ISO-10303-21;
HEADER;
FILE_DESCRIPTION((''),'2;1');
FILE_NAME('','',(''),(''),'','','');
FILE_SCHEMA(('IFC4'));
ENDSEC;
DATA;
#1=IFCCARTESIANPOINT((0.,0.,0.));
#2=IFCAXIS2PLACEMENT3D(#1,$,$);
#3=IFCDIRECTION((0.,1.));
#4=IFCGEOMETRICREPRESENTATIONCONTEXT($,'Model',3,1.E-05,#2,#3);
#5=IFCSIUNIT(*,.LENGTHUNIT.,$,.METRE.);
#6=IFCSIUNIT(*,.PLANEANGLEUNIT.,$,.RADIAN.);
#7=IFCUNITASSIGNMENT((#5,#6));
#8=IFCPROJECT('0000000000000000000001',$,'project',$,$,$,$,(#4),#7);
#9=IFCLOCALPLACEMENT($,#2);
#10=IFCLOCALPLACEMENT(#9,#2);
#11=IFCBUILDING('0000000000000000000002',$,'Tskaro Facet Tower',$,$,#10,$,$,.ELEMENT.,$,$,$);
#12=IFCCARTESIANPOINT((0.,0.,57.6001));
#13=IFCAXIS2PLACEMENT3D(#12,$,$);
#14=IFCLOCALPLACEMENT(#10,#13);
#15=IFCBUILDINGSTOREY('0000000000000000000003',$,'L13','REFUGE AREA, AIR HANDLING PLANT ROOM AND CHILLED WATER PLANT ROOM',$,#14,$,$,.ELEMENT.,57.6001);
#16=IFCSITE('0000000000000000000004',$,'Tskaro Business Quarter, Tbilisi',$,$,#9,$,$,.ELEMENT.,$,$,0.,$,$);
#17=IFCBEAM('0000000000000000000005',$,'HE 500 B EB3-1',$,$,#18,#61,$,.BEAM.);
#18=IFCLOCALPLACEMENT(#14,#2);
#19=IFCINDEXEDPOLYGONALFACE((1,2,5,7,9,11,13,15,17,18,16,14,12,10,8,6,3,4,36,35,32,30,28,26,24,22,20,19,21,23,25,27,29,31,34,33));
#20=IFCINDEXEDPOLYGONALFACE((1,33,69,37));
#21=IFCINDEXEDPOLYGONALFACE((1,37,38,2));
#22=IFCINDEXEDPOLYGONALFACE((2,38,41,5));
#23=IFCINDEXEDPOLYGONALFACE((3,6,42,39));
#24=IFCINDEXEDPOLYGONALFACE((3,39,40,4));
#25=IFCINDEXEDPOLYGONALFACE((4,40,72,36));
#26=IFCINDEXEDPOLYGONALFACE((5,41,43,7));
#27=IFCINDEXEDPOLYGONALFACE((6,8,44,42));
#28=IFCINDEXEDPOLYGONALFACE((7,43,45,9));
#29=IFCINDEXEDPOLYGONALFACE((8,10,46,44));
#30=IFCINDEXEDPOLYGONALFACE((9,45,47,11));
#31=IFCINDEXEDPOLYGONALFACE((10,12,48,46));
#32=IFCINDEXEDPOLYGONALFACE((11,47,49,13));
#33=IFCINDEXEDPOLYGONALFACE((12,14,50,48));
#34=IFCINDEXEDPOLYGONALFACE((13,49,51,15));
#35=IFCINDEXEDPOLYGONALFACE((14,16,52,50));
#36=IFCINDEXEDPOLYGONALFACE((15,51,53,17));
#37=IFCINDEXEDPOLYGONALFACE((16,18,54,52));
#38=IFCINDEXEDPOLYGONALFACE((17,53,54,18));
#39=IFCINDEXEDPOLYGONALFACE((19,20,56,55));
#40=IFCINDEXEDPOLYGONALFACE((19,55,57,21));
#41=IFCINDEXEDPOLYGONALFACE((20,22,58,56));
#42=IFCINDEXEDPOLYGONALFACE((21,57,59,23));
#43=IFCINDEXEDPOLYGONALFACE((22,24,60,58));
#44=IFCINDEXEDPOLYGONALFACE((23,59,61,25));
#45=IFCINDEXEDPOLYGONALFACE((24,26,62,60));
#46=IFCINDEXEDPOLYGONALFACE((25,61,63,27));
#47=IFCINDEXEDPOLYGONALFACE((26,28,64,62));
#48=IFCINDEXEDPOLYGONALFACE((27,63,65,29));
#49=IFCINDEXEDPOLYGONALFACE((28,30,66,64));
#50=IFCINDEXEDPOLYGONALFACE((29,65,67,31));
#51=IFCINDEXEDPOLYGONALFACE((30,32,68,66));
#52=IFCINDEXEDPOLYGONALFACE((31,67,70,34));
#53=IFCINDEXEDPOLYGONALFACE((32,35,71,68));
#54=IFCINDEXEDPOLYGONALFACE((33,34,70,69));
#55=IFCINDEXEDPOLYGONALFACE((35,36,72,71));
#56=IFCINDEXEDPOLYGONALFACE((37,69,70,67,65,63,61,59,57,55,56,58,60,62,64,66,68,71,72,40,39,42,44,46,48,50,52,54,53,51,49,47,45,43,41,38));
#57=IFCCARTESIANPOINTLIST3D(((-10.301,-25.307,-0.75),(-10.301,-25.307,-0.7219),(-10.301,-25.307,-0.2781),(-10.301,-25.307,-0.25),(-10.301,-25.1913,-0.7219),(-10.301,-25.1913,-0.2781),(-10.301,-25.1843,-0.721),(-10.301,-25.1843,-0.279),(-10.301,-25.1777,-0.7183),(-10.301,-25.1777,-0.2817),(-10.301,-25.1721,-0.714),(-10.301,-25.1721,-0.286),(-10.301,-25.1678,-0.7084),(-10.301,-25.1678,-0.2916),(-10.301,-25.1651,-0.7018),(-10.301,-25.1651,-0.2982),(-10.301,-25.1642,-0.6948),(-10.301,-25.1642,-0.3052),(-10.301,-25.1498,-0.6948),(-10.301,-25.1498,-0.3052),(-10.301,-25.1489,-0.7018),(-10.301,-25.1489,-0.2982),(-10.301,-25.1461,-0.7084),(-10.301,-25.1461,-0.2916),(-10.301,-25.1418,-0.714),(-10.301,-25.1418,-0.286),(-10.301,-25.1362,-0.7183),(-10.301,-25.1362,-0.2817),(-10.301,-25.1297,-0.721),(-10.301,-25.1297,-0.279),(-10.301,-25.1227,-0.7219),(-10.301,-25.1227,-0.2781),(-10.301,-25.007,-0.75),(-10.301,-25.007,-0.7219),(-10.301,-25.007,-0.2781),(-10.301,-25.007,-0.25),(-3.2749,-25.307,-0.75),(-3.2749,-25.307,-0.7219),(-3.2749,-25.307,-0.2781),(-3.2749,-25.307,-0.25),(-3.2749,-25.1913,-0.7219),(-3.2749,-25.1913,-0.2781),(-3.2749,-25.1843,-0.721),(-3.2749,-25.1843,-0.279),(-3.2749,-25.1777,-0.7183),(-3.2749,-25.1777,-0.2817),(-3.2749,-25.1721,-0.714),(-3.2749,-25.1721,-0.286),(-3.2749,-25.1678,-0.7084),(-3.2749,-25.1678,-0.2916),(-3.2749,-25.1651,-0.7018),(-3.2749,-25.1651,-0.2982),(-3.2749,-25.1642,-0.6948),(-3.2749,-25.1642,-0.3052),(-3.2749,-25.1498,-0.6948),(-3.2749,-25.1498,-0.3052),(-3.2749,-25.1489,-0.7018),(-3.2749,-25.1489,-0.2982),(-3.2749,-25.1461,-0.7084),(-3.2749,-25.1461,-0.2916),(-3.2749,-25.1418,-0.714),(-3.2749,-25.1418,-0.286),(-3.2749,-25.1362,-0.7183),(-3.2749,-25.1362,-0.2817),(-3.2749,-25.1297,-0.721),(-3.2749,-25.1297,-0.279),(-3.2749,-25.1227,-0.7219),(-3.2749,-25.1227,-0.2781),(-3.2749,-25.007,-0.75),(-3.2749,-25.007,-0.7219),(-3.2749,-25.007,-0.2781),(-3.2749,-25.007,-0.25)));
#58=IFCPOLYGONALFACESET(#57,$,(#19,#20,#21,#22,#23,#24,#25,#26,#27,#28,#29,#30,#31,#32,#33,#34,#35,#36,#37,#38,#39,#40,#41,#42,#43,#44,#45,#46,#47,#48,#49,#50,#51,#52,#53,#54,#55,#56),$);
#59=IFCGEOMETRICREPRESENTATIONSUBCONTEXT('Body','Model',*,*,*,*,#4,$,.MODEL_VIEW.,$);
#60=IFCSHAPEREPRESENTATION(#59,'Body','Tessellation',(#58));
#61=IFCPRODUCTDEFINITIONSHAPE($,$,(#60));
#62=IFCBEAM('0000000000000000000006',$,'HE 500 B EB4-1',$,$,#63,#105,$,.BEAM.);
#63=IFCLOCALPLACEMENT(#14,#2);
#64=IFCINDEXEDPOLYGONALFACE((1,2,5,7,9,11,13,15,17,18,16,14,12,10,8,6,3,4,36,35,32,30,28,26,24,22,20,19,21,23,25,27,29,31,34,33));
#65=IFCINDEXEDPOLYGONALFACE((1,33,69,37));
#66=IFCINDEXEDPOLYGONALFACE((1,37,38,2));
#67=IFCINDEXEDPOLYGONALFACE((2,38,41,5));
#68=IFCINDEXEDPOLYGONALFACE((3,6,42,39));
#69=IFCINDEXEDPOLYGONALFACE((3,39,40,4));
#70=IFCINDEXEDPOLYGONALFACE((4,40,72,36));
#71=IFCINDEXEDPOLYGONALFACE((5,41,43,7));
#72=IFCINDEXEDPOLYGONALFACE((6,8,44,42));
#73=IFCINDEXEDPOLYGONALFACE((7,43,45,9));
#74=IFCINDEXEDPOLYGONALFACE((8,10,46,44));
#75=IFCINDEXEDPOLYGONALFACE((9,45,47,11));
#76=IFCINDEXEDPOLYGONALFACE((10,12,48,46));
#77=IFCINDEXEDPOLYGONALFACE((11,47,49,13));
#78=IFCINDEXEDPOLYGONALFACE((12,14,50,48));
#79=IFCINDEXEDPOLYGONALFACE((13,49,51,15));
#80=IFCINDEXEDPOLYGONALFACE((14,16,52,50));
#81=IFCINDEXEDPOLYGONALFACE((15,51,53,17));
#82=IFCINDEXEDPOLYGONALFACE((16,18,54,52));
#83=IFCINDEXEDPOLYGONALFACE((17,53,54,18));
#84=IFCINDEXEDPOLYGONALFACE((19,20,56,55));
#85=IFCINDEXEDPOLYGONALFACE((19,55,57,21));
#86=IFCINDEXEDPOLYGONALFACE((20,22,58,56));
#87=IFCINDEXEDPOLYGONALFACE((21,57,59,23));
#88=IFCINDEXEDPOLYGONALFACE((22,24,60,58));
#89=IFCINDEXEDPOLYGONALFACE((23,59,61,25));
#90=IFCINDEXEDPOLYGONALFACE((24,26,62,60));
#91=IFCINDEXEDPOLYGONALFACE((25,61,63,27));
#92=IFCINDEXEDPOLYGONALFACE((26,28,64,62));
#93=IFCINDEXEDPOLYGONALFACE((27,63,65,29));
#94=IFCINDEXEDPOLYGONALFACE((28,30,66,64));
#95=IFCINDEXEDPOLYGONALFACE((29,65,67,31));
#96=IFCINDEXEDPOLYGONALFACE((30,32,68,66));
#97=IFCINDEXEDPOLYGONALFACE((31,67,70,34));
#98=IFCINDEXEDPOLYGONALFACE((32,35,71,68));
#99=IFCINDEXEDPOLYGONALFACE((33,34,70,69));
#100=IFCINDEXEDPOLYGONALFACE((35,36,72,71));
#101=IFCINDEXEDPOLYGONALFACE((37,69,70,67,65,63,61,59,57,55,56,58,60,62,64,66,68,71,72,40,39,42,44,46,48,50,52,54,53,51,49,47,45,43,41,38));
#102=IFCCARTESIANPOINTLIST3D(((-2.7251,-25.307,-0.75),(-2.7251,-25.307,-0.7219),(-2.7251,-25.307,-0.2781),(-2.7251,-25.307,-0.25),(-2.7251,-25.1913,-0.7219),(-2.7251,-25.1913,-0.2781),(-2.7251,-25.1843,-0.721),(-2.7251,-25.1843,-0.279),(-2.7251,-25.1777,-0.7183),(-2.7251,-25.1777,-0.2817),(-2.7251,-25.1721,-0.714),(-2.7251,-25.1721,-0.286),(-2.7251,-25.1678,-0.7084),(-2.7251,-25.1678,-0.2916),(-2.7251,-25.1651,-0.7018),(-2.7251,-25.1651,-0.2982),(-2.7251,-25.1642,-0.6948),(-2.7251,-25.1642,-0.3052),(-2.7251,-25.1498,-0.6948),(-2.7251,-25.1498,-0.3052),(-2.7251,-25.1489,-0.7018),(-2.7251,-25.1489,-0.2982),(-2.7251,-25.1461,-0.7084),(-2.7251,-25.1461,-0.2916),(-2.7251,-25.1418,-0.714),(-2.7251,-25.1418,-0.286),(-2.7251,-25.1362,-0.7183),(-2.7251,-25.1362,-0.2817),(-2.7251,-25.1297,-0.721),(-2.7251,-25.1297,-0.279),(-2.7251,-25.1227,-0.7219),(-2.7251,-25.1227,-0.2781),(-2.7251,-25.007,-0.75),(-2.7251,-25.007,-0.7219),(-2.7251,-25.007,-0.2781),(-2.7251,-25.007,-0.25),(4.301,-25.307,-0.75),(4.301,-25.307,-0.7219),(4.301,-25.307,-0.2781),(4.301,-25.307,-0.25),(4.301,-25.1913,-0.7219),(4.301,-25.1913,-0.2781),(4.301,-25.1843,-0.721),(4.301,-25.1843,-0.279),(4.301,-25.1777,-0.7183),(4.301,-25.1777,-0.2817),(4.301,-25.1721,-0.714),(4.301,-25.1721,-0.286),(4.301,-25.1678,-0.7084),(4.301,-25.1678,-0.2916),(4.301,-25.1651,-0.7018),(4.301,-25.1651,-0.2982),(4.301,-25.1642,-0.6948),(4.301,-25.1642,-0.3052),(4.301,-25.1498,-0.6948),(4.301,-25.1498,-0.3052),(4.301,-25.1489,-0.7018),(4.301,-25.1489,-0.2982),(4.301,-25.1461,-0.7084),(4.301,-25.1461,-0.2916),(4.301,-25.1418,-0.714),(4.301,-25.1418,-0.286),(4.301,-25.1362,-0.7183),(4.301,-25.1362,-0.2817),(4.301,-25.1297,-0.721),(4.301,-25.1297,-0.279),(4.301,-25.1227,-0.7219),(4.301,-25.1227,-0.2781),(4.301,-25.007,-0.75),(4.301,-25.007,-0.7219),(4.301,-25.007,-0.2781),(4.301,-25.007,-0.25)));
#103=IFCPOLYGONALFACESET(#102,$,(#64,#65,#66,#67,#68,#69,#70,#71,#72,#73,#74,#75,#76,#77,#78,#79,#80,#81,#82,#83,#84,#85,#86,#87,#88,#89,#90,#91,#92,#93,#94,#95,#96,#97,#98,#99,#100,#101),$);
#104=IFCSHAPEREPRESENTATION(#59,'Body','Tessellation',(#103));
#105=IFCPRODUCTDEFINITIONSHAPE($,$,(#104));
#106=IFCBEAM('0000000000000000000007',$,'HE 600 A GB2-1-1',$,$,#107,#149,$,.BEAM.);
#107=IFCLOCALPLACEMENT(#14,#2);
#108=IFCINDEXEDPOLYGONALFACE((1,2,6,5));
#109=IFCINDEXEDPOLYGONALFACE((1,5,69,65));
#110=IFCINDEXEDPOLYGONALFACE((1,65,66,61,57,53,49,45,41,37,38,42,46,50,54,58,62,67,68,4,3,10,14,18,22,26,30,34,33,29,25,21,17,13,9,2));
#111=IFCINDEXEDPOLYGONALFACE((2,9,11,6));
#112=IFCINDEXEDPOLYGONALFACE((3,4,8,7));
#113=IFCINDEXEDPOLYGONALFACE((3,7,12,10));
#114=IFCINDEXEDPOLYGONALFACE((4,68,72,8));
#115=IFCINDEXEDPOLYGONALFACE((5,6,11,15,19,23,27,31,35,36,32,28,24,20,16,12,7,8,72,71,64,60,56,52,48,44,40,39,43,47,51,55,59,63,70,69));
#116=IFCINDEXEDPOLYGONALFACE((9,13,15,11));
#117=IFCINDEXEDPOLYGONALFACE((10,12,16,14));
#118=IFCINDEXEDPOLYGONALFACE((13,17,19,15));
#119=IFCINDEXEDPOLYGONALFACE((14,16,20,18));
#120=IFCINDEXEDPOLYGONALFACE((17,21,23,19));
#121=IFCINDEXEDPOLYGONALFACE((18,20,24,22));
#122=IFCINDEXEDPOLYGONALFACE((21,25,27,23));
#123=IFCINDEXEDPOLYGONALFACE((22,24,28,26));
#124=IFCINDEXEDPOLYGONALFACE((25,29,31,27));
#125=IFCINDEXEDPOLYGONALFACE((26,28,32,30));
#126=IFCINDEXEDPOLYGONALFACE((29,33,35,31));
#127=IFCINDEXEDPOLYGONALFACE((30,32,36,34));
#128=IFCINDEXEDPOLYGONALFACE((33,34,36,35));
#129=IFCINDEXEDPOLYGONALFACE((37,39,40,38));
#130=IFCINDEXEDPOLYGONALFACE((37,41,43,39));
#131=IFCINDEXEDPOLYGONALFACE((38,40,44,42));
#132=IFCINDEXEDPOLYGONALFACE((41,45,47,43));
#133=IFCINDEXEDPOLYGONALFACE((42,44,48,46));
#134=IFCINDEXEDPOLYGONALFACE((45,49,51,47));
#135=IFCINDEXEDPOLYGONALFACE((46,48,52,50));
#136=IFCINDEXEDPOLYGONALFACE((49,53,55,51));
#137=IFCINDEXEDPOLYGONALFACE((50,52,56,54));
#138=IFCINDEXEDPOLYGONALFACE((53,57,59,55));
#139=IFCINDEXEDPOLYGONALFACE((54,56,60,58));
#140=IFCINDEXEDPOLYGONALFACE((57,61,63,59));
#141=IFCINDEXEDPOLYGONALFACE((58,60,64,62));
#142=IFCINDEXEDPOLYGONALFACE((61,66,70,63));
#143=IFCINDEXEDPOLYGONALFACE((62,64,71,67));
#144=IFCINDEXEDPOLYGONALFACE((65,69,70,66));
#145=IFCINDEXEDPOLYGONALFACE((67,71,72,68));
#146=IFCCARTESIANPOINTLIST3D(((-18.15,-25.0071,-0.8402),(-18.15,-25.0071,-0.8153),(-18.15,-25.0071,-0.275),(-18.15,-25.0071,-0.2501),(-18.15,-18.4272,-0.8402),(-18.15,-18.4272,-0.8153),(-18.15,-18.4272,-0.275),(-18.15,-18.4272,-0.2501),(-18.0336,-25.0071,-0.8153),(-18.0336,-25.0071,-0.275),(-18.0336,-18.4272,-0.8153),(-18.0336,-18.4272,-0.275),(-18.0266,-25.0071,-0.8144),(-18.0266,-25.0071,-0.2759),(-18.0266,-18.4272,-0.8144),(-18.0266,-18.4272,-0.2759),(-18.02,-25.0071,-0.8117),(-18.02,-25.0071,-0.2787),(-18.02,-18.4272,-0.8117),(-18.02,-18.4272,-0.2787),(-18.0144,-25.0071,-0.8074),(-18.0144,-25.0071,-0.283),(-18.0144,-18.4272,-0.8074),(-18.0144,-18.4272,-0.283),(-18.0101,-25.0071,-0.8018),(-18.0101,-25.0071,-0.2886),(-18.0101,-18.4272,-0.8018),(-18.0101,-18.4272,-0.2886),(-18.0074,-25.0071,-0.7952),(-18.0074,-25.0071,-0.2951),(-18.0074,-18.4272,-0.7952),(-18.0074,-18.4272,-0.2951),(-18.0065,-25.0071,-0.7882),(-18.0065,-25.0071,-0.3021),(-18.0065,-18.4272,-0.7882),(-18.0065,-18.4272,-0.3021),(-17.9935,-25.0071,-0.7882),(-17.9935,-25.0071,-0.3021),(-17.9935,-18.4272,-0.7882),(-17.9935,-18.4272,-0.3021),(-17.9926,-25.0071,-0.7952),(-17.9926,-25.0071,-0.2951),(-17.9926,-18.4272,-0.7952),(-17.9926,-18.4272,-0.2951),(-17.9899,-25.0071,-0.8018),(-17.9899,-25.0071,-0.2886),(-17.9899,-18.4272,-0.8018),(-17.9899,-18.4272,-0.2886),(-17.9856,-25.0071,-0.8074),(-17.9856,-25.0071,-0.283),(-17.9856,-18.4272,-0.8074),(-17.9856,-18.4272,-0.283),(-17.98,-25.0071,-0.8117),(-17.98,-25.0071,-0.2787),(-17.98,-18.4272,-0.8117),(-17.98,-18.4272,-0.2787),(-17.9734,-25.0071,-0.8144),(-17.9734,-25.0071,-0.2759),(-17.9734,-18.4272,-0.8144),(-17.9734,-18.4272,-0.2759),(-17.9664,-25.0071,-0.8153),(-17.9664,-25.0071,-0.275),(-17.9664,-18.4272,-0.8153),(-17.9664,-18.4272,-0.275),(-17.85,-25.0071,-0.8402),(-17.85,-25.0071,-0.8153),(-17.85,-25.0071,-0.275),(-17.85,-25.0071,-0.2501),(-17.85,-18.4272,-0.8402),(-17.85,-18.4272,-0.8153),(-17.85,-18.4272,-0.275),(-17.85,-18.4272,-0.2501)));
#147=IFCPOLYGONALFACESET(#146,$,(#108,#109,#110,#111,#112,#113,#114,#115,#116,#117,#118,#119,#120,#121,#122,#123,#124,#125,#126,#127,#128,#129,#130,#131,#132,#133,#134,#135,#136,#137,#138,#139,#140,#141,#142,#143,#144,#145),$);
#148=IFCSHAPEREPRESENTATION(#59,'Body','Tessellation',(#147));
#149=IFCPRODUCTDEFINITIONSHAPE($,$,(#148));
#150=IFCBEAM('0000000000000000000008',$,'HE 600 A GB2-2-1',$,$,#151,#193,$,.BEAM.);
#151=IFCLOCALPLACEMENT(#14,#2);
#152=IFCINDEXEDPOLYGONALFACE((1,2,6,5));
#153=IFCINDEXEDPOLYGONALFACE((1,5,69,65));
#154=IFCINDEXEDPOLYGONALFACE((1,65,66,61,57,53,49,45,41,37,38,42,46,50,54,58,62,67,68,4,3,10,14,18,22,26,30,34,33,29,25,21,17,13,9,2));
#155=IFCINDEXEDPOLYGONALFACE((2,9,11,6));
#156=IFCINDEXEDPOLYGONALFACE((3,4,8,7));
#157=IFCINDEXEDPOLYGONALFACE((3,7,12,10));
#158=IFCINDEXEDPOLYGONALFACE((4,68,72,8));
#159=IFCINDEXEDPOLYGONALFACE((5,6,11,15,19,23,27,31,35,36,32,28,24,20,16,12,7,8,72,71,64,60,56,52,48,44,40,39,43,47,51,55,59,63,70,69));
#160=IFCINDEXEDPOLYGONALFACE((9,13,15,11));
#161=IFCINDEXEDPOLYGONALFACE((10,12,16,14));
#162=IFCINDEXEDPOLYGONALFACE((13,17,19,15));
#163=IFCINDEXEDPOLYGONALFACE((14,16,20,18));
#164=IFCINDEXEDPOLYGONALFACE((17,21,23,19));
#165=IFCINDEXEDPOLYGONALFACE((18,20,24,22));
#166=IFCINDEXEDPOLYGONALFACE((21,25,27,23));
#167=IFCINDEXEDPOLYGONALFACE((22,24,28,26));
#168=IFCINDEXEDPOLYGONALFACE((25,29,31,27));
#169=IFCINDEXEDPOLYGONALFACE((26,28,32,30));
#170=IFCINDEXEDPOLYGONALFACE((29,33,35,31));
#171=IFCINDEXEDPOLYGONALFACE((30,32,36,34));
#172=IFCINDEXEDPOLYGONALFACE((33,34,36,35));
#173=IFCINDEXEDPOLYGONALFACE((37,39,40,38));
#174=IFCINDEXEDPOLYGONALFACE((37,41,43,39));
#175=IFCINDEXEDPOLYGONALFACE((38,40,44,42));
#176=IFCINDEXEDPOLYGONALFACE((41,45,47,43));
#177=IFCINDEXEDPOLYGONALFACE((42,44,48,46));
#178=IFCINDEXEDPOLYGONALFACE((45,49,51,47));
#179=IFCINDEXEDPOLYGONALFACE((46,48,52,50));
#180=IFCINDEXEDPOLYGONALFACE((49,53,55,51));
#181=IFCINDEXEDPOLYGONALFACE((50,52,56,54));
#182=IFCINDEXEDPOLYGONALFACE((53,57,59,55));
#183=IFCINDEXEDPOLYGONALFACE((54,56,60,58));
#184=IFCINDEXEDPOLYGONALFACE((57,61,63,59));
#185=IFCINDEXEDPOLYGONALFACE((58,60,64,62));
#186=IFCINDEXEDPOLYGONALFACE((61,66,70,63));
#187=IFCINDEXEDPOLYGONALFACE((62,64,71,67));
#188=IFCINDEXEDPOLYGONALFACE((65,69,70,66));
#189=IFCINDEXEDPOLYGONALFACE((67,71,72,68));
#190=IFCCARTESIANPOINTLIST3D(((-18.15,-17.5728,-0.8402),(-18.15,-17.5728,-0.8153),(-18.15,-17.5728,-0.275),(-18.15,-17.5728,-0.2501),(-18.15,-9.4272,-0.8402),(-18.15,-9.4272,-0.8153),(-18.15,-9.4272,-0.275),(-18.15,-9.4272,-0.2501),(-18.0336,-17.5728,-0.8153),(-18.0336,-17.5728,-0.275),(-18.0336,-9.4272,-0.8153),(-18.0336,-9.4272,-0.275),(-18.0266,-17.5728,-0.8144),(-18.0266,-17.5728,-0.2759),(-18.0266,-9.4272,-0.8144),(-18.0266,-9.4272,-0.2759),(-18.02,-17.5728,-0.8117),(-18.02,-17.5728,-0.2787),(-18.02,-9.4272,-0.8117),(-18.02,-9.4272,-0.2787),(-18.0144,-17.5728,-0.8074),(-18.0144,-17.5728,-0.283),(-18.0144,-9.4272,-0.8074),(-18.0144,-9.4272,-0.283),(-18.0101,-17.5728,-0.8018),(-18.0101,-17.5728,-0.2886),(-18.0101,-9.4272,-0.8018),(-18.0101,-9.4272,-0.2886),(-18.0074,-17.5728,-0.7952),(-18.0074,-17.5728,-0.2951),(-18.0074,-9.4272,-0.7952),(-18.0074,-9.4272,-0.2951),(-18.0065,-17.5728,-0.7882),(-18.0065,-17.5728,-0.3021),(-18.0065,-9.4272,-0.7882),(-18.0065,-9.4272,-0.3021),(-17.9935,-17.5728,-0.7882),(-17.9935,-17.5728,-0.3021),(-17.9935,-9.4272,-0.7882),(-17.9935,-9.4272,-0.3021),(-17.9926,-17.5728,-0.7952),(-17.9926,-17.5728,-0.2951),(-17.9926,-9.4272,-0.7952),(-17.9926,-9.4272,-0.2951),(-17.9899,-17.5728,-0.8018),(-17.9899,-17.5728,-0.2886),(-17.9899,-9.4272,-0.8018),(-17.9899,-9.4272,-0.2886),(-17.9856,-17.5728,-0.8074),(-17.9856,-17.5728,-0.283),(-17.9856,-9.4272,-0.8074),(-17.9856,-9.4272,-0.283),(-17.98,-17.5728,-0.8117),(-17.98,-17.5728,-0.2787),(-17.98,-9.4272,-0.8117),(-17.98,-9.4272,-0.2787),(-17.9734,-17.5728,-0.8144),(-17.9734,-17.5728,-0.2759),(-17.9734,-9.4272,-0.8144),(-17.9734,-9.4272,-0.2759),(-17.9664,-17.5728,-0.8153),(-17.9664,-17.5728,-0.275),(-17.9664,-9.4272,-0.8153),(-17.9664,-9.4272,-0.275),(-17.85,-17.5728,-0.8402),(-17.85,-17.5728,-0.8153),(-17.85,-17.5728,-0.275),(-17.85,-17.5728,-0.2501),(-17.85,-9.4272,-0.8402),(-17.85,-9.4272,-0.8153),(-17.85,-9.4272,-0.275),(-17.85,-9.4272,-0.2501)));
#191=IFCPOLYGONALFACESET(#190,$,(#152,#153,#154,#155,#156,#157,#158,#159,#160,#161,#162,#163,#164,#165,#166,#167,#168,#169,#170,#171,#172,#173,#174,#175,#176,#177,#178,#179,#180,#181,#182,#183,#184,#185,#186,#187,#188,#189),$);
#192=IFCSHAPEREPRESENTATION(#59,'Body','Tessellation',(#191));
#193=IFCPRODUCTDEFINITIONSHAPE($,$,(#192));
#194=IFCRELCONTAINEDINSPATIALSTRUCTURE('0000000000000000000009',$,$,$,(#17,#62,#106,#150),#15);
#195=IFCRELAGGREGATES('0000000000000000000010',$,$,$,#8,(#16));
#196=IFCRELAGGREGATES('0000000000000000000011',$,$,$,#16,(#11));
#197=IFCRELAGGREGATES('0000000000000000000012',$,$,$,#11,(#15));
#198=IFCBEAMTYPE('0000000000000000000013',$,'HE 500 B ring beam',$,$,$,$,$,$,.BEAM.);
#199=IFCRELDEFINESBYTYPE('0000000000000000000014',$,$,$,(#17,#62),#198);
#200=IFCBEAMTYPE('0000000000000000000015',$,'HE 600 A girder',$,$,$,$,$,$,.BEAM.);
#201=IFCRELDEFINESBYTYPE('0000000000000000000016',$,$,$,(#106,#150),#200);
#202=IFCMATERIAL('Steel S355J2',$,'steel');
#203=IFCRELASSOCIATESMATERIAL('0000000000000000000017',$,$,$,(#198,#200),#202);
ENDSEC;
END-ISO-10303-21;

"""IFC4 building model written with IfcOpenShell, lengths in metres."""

from ifc_helpers import new_model, si_unit, direction, frame, origin, origin_2d, place, context, subcontext, project, spatial, i_section, extrude, material, material_profile, profile_set, type_object, element, save


model = new_model("IFC4")

# Units and contexts
model_context = context("Model", 3, precision=1e-05, world=origin(), true_north=direction((0.0, 1.0)))
body_context = subcontext(model_context, "Body", "Model", "MODEL_VIEW")
ifc_project = project(units=[si_unit("LENGTHUNIT", "METRE"), si_unit("PLANEANGLEUNIT", "RADIAN")], contexts=[model_context])

# Site, building, storey
site_placement = place(None, origin())
site = spatial("IfcSite", under=ifc_project, at=site_placement, Name="Tskaro Business Quarter, Tbilisi", CompositionType="ELEMENT", RefElevation=0.0)
building_placement = place(site_placement, origin())
building = spatial("IfcBuilding", under=site, at=building_placement, Name="Tskaro Facet Tower", CompositionType="ELEMENT")
storey_placement = place(building_placement, frame((0.0, 0.0, 57.6001)))
storey = spatial("IfcBuildingStorey", under=building, at=storey_placement, Name="L13", Description="REFUGE AREA, AIR HANDLING PLANT ROOM AND CHILLED WATER PLANT ROOM", CompositionType="ELEMENT", Elevation=57.6001)

# Shared definitions
ifc_material_1 = material(Name="Steel S355J2", Category="steel")

# Beams
ifc_material_profile_1 = material_profile(ifc_material_1, i_section(OverallWidth=0.3, OverallDepth=0.5, WebThickness=0.0144, FlangeThickness=0.0281, FilletRadius=0.0271, at=origin_2d()), Name="HE 500 B")
ifc_profile_set_1 = profile_set([ifc_material_profile_1], Name="Steel S355J2")
beam_type_1 = type_object("IfcBeamType", Name="HE 500 B ring beam", PredefinedType="BEAM", material=ifc_profile_set_1)
for number, where, z_axis, x_axis, name in (
    (1, (-10.301, -25.157, -0.5), (1.0, 0.0, 0.0), (0.0, 1.0, 0.0), "HE 500 B EB3-1"),
    (2, (-2.7251, -25.157, -0.5), (1.0, 0.0, 0.0), (0.0, 1.0, 0.0), "HE 500 B EB4-1"),
):
    element("IfcBeam", number, at=place(storey_placement, frame(where, z_axis=z_axis, x_axis=x_axis)), inside=storey, type_object=beam_type_1, Name=name, PredefinedType="BEAM", context=body_context, shape_type="SweptSolid", body=[
        extrude(i_section(OverallWidth=0.3, OverallDepth=0.5, WebThickness=0.0144, FlangeThickness=0.0281, FilletRadius=0.0271, at=origin_2d()), origin(), (0.0, 0.0, 1.0), 7.0261),
    ])
ifc_material_profile_2 = material_profile(ifc_material_1, i_section(OverallWidth=0.3, OverallDepth=0.5901, WebThickness=0.0129, FlangeThickness=0.0249, FilletRadius=0.0271, at=origin_2d()), Name="HE 600 A")
ifc_profile_set_2 = profile_set([ifc_material_profile_2], Name="Steel S355J2")
beam_type_2 = type_object("IfcBeamType", Name="HE 600 A girder", PredefinedType="BEAM", material=ifc_profile_set_2)
beam_1_placement = place(storey_placement, frame((-18.0, -25.0071, -0.5452), z_axis=(0.0, 1.0, 0.0), x_axis=(-1.0, 0.0, 0.0)))
element("IfcBeam", 3, at=beam_1_placement, inside=storey, type_object=beam_type_2, Name="HE 600 A GB2-1-1", PredefinedType="BEAM", context=body_context, shape_type="SweptSolid", body=[
    extrude(i_section(OverallWidth=0.3, OverallDepth=0.5901, WebThickness=0.0129, FlangeThickness=0.0249, FilletRadius=0.0271, at=origin_2d()), origin(), (0.0, 0.0, 1.0), 6.5798),
])
beam_2_placement = place(storey_placement, frame((-18.0, -17.5728, -0.5452), z_axis=(0.0, 1.0, 0.0), x_axis=(-1.0, 0.0, 0.0)))
element("IfcBeam", 4, at=beam_2_placement, inside=storey, type_object=beam_type_2, Name="HE 600 A GB2-2-1", PredefinedType="BEAM", context=body_context, shape_type="SweptSolid", body=[
    extrude(i_section(OverallWidth=0.3, OverallDepth=0.5901, WebThickness=0.0129, FlangeThickness=0.0249, FilletRadius=0.0271, at=origin_2d()), origin(), (0.0, 0.0, 1.0), 8.1455),
])

save(model, "model.ifc")
